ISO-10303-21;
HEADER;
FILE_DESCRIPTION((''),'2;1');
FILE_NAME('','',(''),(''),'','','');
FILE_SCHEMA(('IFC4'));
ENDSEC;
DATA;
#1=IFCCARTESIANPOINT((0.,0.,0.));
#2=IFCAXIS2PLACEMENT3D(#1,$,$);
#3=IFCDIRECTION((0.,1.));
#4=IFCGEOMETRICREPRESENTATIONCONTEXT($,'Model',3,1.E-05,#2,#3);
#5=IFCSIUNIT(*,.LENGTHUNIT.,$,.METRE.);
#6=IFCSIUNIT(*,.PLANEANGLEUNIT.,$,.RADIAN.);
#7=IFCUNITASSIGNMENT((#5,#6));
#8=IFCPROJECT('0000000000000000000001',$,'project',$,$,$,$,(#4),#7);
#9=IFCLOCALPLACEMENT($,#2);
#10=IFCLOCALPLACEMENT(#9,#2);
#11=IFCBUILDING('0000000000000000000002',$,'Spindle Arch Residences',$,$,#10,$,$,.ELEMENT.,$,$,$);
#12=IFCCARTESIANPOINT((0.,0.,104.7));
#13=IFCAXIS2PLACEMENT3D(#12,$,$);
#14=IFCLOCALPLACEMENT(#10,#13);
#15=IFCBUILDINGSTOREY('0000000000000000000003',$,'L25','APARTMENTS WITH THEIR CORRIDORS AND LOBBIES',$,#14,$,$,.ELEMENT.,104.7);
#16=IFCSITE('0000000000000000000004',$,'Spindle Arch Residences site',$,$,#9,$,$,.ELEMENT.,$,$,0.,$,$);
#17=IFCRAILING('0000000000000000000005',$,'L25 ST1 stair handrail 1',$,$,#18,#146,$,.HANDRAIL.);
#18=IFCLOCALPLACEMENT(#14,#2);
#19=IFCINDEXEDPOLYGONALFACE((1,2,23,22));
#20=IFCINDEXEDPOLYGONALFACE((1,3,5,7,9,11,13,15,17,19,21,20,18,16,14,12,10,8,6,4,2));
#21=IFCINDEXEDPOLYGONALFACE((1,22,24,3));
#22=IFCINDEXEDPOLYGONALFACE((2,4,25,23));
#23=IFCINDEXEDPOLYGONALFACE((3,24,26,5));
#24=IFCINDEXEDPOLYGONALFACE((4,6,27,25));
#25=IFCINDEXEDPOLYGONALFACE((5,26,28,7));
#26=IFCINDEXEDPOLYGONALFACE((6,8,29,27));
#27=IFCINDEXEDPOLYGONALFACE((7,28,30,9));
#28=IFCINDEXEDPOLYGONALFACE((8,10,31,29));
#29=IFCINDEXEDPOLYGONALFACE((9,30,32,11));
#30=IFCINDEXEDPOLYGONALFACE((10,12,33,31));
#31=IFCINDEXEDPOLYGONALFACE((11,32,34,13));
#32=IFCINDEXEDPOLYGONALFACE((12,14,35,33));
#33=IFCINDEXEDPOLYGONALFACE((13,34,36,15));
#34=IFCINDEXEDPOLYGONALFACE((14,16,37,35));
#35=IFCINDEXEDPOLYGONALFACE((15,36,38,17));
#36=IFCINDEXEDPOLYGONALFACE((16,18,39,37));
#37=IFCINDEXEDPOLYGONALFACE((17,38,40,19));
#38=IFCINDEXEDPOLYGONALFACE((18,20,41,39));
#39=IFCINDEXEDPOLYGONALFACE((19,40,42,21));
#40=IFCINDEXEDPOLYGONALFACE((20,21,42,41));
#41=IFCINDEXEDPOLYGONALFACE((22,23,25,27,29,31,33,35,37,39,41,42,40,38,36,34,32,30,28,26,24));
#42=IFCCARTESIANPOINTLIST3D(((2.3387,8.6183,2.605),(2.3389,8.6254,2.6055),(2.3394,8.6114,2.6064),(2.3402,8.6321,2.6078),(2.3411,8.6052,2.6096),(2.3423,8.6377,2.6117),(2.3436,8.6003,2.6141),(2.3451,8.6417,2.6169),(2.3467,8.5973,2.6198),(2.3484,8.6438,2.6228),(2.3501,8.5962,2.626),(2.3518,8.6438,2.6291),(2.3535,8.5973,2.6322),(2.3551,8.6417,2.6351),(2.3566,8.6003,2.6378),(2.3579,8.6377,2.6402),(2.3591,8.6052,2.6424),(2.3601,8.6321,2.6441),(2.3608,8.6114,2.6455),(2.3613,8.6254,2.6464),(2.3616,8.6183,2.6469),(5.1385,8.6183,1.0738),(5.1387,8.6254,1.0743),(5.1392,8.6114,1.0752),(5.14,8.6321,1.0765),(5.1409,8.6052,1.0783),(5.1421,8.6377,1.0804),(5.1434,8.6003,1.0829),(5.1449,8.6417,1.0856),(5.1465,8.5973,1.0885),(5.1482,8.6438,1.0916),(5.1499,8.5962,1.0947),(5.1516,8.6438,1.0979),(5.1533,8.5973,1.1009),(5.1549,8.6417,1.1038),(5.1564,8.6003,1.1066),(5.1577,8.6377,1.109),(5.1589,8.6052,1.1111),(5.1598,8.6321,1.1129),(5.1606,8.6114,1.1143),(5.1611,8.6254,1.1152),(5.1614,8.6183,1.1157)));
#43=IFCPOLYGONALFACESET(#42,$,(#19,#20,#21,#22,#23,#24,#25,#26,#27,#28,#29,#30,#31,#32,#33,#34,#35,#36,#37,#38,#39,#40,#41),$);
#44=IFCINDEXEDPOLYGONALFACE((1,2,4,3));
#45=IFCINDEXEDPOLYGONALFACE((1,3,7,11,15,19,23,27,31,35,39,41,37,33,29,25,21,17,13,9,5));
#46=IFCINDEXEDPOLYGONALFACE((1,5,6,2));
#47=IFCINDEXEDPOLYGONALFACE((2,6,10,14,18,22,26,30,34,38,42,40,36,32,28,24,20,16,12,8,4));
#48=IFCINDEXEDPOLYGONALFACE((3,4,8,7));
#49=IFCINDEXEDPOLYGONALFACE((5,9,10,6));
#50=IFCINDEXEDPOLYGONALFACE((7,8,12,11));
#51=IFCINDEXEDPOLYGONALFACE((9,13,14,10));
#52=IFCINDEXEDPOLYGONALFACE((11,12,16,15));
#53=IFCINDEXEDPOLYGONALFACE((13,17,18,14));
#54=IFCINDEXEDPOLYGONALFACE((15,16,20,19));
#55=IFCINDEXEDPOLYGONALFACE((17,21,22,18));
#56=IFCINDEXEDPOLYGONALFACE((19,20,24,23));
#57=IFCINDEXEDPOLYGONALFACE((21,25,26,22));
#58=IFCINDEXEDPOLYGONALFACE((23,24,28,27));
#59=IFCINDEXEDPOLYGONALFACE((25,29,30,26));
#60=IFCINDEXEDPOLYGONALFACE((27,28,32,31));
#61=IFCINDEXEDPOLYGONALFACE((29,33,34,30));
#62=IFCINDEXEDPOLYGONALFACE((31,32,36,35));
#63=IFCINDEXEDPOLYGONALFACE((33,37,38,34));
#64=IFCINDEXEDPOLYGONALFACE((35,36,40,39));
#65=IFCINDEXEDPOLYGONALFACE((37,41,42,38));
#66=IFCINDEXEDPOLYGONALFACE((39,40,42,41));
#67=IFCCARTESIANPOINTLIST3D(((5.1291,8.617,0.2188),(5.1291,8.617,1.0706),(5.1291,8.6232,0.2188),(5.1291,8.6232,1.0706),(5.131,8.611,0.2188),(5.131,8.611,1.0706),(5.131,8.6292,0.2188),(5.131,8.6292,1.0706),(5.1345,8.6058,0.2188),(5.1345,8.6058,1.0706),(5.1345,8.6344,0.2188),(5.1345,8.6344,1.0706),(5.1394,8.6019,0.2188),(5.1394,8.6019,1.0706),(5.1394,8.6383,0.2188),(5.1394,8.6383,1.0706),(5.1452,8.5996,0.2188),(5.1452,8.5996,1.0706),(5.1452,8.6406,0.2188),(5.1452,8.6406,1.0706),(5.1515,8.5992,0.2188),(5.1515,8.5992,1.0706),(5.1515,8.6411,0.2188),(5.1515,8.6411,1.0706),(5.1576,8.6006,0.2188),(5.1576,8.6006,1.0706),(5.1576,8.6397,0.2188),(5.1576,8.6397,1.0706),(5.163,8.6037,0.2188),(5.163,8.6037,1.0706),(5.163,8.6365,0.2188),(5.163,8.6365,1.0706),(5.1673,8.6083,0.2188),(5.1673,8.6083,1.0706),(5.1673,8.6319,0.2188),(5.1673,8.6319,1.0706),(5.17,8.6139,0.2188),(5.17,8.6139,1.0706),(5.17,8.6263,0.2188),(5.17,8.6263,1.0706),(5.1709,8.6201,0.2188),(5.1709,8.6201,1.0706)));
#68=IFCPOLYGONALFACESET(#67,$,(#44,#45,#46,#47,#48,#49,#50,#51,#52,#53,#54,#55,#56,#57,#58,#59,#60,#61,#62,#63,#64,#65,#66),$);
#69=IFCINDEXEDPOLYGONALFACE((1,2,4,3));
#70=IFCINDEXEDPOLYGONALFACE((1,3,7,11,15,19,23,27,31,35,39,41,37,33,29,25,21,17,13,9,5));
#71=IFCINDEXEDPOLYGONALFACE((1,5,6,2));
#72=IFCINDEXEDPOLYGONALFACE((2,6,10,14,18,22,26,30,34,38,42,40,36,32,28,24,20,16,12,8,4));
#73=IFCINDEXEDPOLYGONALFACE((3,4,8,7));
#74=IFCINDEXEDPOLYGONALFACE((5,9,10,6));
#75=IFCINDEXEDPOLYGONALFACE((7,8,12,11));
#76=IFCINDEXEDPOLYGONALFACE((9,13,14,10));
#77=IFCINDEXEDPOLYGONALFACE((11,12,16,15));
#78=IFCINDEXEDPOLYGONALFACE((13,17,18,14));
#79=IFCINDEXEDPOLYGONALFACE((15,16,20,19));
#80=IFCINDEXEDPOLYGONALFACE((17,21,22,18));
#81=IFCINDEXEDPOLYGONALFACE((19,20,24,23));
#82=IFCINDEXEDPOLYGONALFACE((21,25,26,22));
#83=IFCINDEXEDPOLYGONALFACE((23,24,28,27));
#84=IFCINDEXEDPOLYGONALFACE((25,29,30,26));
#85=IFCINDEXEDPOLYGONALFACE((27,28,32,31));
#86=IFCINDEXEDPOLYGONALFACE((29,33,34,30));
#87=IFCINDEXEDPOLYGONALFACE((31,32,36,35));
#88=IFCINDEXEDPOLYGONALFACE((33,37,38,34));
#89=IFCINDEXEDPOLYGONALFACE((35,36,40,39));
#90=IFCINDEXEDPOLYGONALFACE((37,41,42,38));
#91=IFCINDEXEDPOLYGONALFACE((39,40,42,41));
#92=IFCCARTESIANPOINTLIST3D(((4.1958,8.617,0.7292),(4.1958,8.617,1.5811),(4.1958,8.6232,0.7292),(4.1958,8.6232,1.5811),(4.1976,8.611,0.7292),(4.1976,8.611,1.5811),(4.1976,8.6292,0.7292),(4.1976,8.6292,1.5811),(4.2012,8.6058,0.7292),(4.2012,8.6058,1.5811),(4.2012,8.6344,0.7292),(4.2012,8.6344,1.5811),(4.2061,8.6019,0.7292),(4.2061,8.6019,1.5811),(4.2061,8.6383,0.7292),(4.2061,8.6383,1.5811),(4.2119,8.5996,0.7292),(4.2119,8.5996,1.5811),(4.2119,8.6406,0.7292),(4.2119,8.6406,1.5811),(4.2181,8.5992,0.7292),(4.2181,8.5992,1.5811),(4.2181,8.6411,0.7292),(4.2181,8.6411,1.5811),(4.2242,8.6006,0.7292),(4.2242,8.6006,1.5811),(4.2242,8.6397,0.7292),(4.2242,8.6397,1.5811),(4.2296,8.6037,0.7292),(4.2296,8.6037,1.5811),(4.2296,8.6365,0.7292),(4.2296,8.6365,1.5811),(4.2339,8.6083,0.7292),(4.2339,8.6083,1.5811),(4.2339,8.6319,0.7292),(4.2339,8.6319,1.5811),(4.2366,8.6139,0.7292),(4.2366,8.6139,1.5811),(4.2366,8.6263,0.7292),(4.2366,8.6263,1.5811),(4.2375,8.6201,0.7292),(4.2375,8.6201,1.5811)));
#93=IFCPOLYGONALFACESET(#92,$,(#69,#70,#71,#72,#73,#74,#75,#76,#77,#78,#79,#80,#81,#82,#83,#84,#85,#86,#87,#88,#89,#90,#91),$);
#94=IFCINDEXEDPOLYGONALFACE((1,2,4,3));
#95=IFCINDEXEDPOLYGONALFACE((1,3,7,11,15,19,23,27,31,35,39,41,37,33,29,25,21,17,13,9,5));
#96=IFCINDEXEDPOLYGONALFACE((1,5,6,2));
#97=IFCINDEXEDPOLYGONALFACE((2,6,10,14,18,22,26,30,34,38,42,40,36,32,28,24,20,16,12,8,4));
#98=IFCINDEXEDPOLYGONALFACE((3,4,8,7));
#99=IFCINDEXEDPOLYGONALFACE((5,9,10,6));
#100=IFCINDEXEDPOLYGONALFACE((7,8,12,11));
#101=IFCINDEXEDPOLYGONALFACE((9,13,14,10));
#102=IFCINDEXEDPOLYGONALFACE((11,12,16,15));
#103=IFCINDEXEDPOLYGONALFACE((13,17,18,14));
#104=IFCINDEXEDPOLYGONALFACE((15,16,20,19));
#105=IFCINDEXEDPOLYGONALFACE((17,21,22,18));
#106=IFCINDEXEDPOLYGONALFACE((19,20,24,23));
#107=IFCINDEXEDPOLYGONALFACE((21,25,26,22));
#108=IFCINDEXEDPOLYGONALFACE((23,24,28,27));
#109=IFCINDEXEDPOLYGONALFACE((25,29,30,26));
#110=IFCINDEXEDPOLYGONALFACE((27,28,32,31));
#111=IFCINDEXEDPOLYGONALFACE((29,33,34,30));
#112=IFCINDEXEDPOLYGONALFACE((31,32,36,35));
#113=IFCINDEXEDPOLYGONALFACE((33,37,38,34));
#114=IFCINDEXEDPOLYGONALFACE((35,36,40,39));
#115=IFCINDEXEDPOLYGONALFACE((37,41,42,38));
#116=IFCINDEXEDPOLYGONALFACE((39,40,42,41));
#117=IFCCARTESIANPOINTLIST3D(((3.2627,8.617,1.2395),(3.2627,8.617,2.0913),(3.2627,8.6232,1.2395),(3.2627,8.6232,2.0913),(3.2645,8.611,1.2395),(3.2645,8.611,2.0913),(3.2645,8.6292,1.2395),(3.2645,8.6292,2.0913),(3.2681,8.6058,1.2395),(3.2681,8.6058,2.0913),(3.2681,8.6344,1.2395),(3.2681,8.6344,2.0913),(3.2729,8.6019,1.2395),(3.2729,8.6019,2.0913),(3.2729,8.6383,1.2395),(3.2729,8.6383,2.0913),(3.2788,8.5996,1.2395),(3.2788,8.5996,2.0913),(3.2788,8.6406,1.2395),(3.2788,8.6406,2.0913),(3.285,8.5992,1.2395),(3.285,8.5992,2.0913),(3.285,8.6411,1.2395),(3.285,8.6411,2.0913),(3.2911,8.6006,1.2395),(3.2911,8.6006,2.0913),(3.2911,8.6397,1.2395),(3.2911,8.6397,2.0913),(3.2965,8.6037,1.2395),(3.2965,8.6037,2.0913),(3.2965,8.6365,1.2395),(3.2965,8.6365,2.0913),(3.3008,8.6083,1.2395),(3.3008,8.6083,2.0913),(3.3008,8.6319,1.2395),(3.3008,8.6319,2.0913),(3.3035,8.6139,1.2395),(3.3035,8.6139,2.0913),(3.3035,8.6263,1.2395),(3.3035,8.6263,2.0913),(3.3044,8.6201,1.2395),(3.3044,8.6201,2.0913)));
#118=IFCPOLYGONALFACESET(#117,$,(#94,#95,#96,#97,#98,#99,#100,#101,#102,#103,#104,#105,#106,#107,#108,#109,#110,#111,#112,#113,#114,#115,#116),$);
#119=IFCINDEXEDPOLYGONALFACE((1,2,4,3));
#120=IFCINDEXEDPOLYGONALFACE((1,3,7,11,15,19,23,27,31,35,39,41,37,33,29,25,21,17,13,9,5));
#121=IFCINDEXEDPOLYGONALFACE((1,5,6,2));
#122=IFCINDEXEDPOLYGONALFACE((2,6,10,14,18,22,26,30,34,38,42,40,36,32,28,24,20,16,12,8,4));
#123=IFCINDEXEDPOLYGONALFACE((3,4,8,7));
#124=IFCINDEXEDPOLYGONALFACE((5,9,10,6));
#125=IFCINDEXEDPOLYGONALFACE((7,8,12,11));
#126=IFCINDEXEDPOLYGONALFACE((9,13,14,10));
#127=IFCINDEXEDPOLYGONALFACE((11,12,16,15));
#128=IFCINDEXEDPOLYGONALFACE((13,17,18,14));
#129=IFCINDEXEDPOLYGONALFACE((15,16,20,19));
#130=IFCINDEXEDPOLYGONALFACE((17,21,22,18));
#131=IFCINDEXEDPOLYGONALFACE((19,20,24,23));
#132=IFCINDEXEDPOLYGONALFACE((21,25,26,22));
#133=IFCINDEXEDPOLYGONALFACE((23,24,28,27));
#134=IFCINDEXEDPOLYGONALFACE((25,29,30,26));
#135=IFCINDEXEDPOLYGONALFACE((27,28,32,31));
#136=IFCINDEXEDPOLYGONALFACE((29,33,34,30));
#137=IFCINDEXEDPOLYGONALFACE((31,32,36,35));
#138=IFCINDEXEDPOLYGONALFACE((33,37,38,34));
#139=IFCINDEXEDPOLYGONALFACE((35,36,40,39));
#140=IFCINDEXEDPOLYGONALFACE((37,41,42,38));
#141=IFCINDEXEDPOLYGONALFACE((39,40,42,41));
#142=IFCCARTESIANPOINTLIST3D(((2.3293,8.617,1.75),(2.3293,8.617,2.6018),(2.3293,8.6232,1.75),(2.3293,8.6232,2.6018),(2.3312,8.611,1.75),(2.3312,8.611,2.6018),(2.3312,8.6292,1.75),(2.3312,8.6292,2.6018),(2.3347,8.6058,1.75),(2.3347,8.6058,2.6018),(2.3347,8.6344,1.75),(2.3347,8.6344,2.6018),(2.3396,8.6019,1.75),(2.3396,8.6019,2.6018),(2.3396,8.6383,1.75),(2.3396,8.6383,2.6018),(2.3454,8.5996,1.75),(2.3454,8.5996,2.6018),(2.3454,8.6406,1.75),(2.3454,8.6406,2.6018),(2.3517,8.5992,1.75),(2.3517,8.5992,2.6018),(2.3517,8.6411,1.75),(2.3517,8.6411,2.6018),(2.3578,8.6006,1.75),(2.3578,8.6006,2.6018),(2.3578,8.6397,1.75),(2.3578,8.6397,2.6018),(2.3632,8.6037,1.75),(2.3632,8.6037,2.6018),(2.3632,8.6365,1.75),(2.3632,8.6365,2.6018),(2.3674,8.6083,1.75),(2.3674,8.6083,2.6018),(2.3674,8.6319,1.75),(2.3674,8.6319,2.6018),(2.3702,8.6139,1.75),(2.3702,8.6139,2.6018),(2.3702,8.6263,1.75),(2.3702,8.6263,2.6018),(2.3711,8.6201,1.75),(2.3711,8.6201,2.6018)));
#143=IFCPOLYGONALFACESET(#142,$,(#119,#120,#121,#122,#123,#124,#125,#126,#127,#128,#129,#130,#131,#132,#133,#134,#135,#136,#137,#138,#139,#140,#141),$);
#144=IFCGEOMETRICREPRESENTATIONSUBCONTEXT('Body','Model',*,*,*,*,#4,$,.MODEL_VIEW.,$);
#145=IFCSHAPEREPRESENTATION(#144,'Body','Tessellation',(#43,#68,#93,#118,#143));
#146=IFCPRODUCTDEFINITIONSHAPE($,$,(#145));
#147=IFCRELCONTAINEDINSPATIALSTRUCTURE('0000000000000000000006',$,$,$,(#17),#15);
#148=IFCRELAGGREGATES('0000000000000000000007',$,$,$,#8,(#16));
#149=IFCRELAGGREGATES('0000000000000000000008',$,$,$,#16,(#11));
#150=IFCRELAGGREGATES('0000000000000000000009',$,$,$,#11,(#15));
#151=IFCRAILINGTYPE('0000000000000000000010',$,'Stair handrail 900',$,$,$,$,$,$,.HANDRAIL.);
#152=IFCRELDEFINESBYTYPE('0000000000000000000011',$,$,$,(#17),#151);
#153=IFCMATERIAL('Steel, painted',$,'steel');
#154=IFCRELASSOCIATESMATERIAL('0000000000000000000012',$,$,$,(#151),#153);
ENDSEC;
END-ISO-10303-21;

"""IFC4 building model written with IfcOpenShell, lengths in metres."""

from ifc_helpers import new_model, si_unit, direction, frame, origin, origin_2d, place, context, subcontext, project, spatial, circle, extrude, material, type_object, element, save


model = new_model("IFC4")

# Units and contexts
model_context = context("Model", 3, precision=1e-05, world=origin(), true_north=direction((0.0, 1.0)))
body_context = subcontext(model_context, "Body", "Model", "MODEL_VIEW")
ifc_project = project(units=[si_unit("LENGTHUNIT", "METRE"), si_unit("PLANEANGLEUNIT", "RADIAN")], contexts=[model_context])

# Site, building, storey
site_placement = place(None, origin())
site = spatial("IfcSite", under=ifc_project, at=site_placement, Name="Spindle Arch Residences site", CompositionType="ELEMENT", RefElevation=0.0)
building_placement = place(site_placement, origin())
building = spatial("IfcBuilding", under=site, at=building_placement, Name="Spindle Arch Residences", CompositionType="ELEMENT")
storey_placement = place(building_placement, frame((0.0, 0.0, 104.7)))
storey = spatial("IfcBuildingStorey", under=building, at=storey_placement, Name="L25", Description="APARTMENTS WITH THEIR CORRIDORS AND LOBBIES", CompositionType="ELEMENT", Elevation=104.7)

# Railing
ifc_material_1 = material(Name="Steel, painted", Category="steel")
railing_type_1 = type_object("IfcRailingType", Name="Stair handrail 900", PredefinedType="HANDRAIL", material=ifc_material_1)
railing_1_placement = place(storey_placement, frame((5.1499, 8.6201, 0.2188)))
element("IfcRailing", 1, at=railing_1_placement, inside=storey, type_object=railing_type_1, Name="L25 ST1 stair handrail 1", PredefinedType="HANDRAIL", context=body_context, shape_type="SweptSolid", body=[
    extrude(circle(Radius=0.0239, at=origin_2d()), frame((0.0, 0.0, 0.876), z_axis=(-0.877357, 0.0, 0.479838), x_axis=(0.0, -1.0, 0.0)), (0.0, 0.0, 1.0), 3.1912),
    extrude(circle(Radius=0.021, at=origin_2d()), origin(), (0.0, 0.0, 1.0), 0.8518),
    extrude(circle(Radius=0.021, at=origin_2d()), frame((-0.9333, 0.0, 0.5105)), (0.0, 0.0, 1.0), 0.8518),
    extrude(circle(Radius=0.021, at=origin_2d()), frame((-1.8665, 0.0, 1.0208)), (0.0, 0.0, 1.0), 0.8518),
    extrude(circle(Radius=0.021, at=origin_2d()), frame((-2.7998, 0.0, 1.5312)), (0.0, 0.0, 1.0), 0.8518),
])

save(model, "model.ifc")
